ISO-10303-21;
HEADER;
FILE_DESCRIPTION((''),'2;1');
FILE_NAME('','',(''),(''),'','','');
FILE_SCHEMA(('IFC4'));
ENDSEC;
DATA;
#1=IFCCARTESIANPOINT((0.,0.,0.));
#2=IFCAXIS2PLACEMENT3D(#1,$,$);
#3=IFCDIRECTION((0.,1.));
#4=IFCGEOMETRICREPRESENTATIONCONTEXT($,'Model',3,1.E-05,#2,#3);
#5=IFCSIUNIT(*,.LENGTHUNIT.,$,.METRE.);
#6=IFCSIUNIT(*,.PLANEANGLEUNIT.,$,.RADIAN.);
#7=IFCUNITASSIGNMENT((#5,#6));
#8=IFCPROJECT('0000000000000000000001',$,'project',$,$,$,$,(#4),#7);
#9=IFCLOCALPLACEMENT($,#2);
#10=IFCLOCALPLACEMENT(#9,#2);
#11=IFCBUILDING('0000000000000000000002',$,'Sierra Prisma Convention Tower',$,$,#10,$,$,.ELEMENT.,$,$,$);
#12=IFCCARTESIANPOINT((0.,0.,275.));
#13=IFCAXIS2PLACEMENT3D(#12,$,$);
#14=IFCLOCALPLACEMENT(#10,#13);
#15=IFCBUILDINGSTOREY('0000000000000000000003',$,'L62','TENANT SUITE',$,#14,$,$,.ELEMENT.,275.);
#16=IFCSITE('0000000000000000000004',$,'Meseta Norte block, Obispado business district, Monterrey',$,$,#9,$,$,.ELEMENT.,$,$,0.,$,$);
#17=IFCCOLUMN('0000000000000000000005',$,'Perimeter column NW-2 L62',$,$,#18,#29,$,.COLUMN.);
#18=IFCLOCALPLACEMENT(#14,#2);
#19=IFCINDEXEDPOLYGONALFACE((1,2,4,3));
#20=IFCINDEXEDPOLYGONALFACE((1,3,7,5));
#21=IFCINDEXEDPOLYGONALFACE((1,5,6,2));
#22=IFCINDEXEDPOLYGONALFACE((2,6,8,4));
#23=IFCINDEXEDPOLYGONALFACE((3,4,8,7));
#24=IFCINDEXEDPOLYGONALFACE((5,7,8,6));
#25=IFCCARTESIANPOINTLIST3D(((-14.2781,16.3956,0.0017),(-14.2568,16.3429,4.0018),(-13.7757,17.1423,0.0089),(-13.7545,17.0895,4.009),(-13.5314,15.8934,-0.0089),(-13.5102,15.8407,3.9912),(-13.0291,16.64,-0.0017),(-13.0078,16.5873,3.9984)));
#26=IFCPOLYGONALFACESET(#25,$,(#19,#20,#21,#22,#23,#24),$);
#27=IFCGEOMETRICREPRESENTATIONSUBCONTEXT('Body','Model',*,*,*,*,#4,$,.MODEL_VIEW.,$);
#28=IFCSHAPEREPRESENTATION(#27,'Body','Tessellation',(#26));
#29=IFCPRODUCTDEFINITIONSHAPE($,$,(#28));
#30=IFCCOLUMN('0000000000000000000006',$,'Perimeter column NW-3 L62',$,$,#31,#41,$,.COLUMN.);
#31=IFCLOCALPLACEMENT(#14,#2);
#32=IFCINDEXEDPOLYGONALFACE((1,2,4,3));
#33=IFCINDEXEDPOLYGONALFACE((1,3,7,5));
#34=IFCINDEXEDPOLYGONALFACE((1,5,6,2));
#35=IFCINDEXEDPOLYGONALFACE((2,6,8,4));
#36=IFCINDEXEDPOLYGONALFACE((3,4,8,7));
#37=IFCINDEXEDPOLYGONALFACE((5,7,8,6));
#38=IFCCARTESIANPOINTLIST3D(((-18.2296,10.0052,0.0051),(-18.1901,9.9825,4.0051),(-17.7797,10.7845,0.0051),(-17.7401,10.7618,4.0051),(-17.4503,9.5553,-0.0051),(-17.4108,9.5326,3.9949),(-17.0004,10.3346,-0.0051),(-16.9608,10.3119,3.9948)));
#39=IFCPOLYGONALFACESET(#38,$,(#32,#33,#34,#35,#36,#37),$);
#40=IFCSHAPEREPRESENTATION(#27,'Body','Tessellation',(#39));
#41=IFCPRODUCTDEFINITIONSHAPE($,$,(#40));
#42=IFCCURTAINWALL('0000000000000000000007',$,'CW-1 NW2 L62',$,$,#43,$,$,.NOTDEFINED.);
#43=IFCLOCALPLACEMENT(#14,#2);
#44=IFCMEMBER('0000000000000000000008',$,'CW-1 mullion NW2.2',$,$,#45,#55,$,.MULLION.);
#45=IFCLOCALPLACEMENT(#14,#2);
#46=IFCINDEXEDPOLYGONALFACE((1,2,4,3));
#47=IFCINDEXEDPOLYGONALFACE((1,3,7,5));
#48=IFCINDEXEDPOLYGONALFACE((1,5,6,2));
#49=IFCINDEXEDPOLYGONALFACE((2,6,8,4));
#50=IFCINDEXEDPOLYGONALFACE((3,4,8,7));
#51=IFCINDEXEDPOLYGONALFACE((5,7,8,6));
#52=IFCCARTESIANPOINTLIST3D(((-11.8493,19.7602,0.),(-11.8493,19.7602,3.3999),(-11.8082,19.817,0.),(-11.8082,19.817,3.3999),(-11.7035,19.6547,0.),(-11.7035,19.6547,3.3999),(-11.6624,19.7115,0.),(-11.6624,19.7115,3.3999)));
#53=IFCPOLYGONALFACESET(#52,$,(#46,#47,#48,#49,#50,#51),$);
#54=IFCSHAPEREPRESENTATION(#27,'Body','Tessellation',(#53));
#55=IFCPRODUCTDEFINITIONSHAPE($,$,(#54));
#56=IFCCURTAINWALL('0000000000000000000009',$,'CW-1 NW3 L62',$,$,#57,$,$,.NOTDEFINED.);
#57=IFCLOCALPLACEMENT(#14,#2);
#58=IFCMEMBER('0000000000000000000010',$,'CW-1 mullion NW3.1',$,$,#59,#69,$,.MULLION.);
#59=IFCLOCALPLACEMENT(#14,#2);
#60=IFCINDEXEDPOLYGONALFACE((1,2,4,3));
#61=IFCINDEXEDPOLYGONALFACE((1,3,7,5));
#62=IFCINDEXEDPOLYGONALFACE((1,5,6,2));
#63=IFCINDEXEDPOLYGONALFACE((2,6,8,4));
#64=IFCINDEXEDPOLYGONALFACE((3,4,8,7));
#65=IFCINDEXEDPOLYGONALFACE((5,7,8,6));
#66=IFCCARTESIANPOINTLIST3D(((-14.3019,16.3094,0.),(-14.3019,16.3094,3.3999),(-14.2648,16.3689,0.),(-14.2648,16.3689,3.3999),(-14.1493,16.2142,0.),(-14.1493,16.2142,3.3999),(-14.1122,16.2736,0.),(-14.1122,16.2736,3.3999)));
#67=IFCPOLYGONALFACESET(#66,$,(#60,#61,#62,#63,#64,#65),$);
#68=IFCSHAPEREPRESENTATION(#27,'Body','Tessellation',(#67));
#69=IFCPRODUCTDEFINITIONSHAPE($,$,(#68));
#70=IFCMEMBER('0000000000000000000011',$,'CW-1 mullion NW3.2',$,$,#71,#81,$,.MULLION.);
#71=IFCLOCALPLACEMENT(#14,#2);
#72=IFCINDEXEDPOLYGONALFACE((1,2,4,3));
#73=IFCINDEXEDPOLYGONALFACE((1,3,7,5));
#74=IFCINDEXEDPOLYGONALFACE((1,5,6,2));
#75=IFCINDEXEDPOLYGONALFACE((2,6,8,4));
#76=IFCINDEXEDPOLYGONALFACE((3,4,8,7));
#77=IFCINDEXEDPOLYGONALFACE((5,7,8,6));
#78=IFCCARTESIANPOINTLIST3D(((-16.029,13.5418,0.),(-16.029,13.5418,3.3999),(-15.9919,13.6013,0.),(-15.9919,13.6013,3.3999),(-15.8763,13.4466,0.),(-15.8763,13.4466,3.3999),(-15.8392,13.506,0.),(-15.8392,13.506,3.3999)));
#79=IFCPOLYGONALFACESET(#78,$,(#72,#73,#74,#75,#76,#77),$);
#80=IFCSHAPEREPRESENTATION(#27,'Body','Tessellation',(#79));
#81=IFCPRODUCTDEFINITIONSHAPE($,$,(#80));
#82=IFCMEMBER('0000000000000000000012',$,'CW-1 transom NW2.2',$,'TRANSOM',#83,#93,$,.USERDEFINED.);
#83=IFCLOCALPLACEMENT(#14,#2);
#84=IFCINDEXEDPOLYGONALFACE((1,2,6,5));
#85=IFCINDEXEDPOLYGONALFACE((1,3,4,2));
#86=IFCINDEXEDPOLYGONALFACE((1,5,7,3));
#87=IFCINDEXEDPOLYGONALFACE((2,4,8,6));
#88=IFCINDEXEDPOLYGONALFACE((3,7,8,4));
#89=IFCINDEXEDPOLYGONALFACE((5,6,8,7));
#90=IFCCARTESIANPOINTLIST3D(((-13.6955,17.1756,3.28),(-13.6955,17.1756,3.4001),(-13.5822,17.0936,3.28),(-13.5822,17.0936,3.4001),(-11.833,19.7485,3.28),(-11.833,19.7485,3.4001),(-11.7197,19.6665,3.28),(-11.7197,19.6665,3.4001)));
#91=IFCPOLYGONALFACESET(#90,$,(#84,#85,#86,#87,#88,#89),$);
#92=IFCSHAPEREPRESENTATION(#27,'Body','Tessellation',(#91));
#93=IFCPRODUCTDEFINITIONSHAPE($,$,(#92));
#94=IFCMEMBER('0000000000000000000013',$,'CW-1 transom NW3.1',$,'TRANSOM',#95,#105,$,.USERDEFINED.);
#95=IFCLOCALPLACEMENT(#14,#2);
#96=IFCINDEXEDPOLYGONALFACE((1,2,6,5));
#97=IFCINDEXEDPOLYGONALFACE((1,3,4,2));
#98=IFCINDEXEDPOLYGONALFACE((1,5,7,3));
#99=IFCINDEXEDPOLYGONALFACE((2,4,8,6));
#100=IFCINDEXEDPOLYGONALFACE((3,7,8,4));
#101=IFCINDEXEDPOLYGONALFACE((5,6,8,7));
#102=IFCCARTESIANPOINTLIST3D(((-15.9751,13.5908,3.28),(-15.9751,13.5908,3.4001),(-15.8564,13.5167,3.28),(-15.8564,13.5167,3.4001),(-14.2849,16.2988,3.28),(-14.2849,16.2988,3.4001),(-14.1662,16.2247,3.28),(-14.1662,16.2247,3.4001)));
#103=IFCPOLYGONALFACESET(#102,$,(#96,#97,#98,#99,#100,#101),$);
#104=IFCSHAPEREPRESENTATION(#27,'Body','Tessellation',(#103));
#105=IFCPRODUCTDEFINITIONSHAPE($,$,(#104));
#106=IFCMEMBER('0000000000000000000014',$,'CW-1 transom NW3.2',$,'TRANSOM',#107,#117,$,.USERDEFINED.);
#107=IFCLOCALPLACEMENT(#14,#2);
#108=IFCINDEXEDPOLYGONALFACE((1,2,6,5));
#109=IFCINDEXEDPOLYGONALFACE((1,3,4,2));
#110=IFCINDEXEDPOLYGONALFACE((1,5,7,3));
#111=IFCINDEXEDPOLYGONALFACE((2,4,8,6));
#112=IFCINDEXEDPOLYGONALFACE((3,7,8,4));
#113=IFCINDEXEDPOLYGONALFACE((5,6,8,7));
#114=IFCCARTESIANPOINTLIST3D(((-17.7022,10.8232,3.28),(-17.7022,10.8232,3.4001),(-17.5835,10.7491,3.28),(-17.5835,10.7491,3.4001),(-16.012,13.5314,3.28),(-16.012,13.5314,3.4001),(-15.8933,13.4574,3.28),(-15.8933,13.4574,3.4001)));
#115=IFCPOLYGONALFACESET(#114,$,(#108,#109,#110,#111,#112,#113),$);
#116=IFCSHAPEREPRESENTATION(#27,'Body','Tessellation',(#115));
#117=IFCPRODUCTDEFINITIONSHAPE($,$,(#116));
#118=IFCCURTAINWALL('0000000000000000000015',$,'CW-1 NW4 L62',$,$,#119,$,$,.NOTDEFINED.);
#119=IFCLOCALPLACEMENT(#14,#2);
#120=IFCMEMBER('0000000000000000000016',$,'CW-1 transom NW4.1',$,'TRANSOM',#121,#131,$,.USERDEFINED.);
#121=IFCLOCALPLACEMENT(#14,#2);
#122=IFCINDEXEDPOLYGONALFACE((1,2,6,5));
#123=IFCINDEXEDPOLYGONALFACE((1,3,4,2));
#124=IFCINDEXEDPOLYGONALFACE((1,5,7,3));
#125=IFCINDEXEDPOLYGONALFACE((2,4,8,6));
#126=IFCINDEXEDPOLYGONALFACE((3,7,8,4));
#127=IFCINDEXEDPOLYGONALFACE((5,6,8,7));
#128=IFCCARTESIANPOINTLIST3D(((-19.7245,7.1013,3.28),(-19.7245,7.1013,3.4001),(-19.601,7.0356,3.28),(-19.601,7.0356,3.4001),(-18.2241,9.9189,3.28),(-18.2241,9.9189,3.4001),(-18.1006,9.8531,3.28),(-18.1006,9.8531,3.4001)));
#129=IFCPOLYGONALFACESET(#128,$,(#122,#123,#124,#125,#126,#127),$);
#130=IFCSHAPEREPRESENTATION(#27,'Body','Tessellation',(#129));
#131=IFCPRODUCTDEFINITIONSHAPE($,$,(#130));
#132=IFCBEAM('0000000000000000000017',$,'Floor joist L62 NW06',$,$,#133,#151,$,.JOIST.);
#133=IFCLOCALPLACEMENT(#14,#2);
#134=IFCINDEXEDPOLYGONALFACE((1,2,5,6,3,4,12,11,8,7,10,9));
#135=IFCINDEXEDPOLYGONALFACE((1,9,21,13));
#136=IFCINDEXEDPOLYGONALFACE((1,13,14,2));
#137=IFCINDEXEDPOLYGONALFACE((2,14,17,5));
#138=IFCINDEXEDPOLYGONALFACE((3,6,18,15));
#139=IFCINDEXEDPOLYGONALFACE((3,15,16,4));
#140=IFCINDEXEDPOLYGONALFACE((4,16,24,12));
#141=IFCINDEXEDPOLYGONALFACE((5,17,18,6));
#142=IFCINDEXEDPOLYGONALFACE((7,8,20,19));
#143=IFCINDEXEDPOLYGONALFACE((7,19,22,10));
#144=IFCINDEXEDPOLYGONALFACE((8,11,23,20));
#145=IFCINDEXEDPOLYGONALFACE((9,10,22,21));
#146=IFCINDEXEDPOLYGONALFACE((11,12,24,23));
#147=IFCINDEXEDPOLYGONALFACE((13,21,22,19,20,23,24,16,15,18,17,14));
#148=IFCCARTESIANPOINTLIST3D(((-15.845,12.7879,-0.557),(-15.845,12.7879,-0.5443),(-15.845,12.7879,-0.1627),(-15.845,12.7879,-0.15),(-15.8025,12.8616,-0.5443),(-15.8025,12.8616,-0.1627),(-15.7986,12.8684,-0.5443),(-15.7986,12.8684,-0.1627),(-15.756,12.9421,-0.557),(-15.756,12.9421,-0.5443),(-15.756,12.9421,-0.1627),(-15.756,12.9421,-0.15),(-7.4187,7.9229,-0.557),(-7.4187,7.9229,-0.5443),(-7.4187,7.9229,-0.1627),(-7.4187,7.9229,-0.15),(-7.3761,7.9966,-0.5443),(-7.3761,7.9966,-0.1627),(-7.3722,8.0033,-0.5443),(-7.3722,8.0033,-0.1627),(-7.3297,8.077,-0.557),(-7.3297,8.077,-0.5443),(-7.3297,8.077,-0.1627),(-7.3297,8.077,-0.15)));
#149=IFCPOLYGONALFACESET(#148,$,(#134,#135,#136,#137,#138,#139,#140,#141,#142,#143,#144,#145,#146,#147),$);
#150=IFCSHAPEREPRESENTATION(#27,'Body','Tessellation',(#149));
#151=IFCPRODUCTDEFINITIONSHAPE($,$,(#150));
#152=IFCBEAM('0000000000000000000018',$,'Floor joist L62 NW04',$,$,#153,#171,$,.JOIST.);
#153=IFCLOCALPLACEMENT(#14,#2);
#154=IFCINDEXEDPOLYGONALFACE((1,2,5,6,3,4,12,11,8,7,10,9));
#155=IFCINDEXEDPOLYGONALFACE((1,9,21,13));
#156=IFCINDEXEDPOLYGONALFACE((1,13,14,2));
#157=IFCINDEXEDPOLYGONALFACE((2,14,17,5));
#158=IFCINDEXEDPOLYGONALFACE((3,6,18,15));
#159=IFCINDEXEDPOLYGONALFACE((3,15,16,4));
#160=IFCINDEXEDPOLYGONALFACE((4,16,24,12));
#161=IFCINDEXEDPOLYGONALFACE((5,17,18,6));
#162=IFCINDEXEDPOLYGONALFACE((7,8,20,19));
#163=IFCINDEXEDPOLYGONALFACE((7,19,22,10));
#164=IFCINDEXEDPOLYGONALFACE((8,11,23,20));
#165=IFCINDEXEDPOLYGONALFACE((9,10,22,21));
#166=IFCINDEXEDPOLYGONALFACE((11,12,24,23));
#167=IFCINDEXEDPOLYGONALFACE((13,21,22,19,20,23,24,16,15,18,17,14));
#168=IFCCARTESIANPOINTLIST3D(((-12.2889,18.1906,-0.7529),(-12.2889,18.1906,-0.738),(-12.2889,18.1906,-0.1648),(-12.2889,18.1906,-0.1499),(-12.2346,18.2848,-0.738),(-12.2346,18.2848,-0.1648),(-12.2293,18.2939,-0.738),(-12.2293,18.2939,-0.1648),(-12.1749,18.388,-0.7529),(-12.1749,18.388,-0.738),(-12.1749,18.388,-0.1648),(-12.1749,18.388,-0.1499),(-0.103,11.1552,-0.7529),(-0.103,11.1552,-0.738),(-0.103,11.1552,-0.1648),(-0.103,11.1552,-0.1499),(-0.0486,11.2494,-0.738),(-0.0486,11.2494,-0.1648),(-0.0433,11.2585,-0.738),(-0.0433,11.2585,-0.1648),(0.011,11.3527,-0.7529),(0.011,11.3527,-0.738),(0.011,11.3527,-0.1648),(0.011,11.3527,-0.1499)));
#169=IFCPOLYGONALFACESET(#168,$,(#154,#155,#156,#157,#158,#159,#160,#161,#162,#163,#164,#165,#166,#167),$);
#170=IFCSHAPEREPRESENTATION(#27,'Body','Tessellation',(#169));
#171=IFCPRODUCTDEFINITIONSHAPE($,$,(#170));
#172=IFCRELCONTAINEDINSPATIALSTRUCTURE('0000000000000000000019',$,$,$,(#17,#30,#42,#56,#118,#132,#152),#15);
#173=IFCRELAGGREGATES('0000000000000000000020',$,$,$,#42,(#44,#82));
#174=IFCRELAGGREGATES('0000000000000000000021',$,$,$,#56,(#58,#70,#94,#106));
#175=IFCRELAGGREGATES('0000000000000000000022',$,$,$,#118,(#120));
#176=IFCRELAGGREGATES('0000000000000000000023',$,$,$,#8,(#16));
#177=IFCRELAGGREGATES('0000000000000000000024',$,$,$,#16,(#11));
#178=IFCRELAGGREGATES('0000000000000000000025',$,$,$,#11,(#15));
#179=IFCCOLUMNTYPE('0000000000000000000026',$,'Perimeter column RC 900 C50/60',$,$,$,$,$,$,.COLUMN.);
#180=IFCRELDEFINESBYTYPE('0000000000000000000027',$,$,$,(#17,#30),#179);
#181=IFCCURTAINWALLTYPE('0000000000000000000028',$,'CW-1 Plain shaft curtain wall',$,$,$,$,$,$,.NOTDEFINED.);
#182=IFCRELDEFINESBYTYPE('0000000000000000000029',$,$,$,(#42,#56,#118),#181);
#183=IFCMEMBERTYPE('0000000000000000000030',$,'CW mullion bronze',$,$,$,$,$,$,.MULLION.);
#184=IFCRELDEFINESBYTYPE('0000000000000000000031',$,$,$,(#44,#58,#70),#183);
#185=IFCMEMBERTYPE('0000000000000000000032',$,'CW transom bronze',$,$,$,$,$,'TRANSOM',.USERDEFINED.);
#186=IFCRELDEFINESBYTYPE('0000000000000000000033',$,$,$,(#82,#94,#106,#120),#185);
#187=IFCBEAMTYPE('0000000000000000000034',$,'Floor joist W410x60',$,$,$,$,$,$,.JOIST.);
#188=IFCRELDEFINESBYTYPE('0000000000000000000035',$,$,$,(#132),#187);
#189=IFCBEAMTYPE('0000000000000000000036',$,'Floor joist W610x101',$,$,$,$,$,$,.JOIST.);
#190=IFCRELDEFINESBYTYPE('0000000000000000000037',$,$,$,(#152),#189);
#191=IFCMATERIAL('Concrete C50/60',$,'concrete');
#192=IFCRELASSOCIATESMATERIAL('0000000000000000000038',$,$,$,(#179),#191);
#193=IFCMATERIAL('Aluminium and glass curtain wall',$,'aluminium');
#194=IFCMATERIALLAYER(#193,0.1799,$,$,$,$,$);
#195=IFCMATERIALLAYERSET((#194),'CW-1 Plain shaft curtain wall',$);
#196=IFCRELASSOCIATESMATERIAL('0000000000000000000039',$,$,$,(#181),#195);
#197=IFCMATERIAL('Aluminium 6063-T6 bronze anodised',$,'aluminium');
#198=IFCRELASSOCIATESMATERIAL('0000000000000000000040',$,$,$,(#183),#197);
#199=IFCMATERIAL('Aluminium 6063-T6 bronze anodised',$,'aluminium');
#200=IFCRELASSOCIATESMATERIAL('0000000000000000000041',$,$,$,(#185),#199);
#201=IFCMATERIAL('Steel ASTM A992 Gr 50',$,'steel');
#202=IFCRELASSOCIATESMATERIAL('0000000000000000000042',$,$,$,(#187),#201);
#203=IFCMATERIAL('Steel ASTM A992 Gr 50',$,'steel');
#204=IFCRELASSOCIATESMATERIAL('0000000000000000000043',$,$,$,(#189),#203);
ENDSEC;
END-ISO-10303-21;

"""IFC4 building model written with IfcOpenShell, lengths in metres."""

from ifc_helpers import new_model, si_unit, direction, frame, origin, origin_2d, place, context, subcontext, project, spatial, rectangle, i_section, extrude, material, layer, layer_set, material_profile, profile_set, type_object, element, aggregate, save


model = new_model("IFC4")

# Units and contexts
model_context = context("Model", 3, precision=1e-05, world=origin(), true_north=direction((0.0, 1.0)))
body_context = subcontext(model_context, "Body", "Model", "MODEL_VIEW")
ifc_project = project(units=[si_unit("LENGTHUNIT", "METRE"), si_unit("PLANEANGLEUNIT", "RADIAN")], contexts=[model_context])

# Site, building, storey
site_placement = place(None, origin())
site = spatial("IfcSite", under=ifc_project, at=site_placement, Name="Meseta Norte block, Obispado business district, Monterrey", CompositionType="ELEMENT", RefElevation=0.0)
building_placement = place(site_placement, origin())
building = spatial("IfcBuilding", under=site, at=building_placement, Name="Sierra Prisma Convention Tower", CompositionType="ELEMENT")
storey_placement = place(building_placement, frame((0.0, 0.0, 275.0)))
storey = spatial("IfcBuildingStorey", under=building, at=storey_placement, Name="L62", Description="TENANT SUITE", CompositionType="ELEMENT", Elevation=275.0)

# Columns
ifc_material_1 = material(Name="Concrete C50/60", Category="concrete")
ifc_material_profile_1 = material_profile(ifc_material_1, rectangle(XDim=0.8999, YDim=0.8999, at=origin_2d()), Name="Perimeter column RC 900 C50/60")
ifc_profile_set_1 = profile_set([ifc_material_profile_1], Name="Concrete C50/60")
column_type = type_object("IfcColumnType", Name="Perimeter column RC 900 C50/60", PredefinedType="COLUMN", material=ifc_profile_set_1)
column_1_placement = place(storey_placement, frame((-13.6536, 16.5178, 0.0), z_axis=(0.00531, -0.013182, 0.999899), x_axis=(0.558224, 0.829652, 0.007974)))
element("IfcColumn", 1, at=column_1_placement, inside=storey, type_object=column_type, Name="Perimeter column NW-2 L62", PredefinedType="COLUMN", context=body_context, shape_type="SweptSolid", body=[
    extrude(rectangle(XDim=0.8999, YDim=0.8999, at=origin_2d()), origin(), (0.0, 0.0, 1.0), 4.0005),
])
column_2_placement = place(storey_placement, frame((-17.615, 10.1699, 0.0), z_axis=(0.009887, -0.005676, 0.999935), x_axis=(0.499976, 0.86604, -0.000028)))
element("IfcColumn", 2, at=column_2_placement, inside=storey, type_object=column_type, Name="Perimeter column NW-3 L62", PredefinedType="COLUMN", context=body_context, shape_type="SweptSolid", body=[
    extrude(rectangle(XDim=0.8999, YDim=0.8999, at=origin_2d()), origin(), (0.0, 0.0, 1.0), 4.0002),
])

# Curtain wall, member
ifc_material_2 = material(Name="Aluminium and glass curtain wall", Category="aluminium")
ifc_layer_1 = layer(ifc_material_2, 0.1799)
ifc_layer_set_1 = layer_set([ifc_layer_1], Name="CW-1 Plain shaft curtain wall")
curtain_wall_type = type_object("IfcCurtainWallType", Name="CW-1 Plain shaft curtain wall", PredefinedType="NOTDEFINED", material=ifc_layer_set_1)
curtain_wall_1_placement = place(storey_placement, origin())
curtain_wall_1 = element("IfcCurtainWall", 3, at=curtain_wall_1_placement, inside=storey, type_object=curtain_wall_type, Name="CW-1 NW2 L62", PredefinedType="NOTDEFINED")
ifc_material_3 = material(Name="Aluminium 6063-T6 bronze anodised", Category="aluminium")
ifc_material_profile_2 = material_profile(ifc_material_3, rectangle(XDim=0.1799, YDim=0.0701, at=origin_2d()), Name="ALU MULLION 70x180")
ifc_profile_set_2 = profile_set([ifc_material_profile_2], Name="Aluminium 6063-T6 bronze anodised")
member_type_1 = type_object("IfcMemberType", Name="CW mullion bronze", PredefinedType="MULLION", material=ifc_profile_set_2)
member_1_placement = place(storey_placement, frame((-11.7559, 19.7358, 0.0), z_axis=(0.0, 0.0, 1.0), x_axis=(0.810038, -0.586377, 0.0)))
member_1 = element("IfcMember", 4, at=member_1_placement, type_object=member_type_1, Name="CW-1 mullion NW2.2", PredefinedType="MULLION", context=body_context, shape_type="SweptSolid", body=[
    extrude(rectangle(XDim=0.1799, YDim=0.0701, at=origin_2d()), origin(), (0.0, 0.0, 1.0), 3.3999),
])

# Curtain wall, members
curtain_wall_2_placement = place(storey_placement, origin())
curtain_wall_2 = element("IfcCurtainWall", 5, at=curtain_wall_2_placement, inside=storey, type_object=curtain_wall_type, Name="CW-1 NW3 L62", PredefinedType="NOTDEFINED")
member_2_placement = place(storey_placement, frame((-14.207, 16.2915, 0.0), z_axis=(0.0, 0.0, 1.0), x_axis=(0.848355, -0.529428, 0.0)))
member_2 = element("IfcMember", 6, at=member_2_placement, type_object=member_type_1, Name="CW-1 mullion NW3.1", PredefinedType="MULLION", context=body_context, shape_type="SweptSolid", body=[
    extrude(rectangle(XDim=0.1799, YDim=0.0701, at=origin_2d()), origin(), (0.0, 0.0, 1.0), 3.3999),
])
member_3_placement = place(storey_placement, frame((-15.9341, 13.5239, 0.0), z_axis=(0.0, 0.0, 1.0), x_axis=(0.848355, -0.529428, 0.0)))
member_3 = element("IfcMember", 7, at=member_3_placement, type_object=member_type_1, Name="CW-1 mullion NW3.2", PredefinedType="MULLION", context=body_context, shape_type="SweptSolid", body=[
    extrude(rectangle(XDim=0.1799, YDim=0.0701, at=origin_2d()), origin(), (0.0, 0.0, 1.0), 3.3999),
])

# Members
ifc_material_4 = material(Name="Aluminium 6063-T6 bronze anodised", Category="aluminium")
ifc_material_profile_3 = material_profile(ifc_material_4, rectangle(XDim=0.1399, YDim=0.1201, at=origin_2d()), Name="ALU TRANSOM 120x140")
ifc_profile_set_3 = profile_set([ifc_material_profile_3], Name="Aluminium 6063-T6 bronze anodised")
member_type_2 = type_object("IfcMemberType", Name="CW transom bronze", ElementType="TRANSOM", PredefinedType="USERDEFINED", material=ifc_profile_set_3)
member_4_placement = place(storey_placement, frame((-11.7764, 19.7075, 3.3401), z_axis=(-0.586374, -0.81004, 0.0), x_axis=(0.81004, -0.586374, 0.0)))
member_4 = element("IfcMember", 8, at=member_4_placement, type_object=member_type_2, Name="CW-1 transom NW2.2", ObjectType="TRANSOM", PredefinedType="USERDEFINED", context=body_context, shape_type="SweptSolid", body=[
    extrude(rectangle(XDim=0.1399, YDim=0.1201, at=origin_2d()), origin(), (0.0, 0.0, 1.0), 3.1763),
])
member_5_placement = place(storey_placement, frame((-14.2256, 16.2617, 3.3401), z_axis=(-0.529476, -0.848325, 0.0), x_axis=(0.848325, -0.529476, 0.0)))
member_5 = element("IfcMember", 9, at=member_5_placement, type_object=member_type_2, Name="CW-1 transom NW3.1", ObjectType="TRANSOM", PredefinedType="USERDEFINED", context=body_context, shape_type="SweptSolid", body=[
    extrude(rectangle(XDim=0.1399, YDim=0.1201, at=origin_2d()), origin(), (0.0, 0.0, 1.0), 3.1921),
])
member_6_placement = place(storey_placement, frame((-15.9526, 13.4944, 3.3401), z_axis=(-0.529442, -0.848346, 0.0), x_axis=(0.848346, -0.529442, 0.0)))
member_6 = element("IfcMember", 10, at=member_6_placement, type_object=member_type_2, Name="CW-1 transom NW3.2", ObjectType="TRANSOM", PredefinedType="USERDEFINED", context=body_context, shape_type="SweptSolid", body=[
    extrude(rectangle(XDim=0.1399, YDim=0.1201, at=origin_2d()), origin(), (0.0, 0.0, 1.0), 3.1924),
])

# Curtain wall, member
curtain_wall_3_placement = place(storey_placement, origin())
curtain_wall_3 = element("IfcCurtainWall", 11, at=curtain_wall_3_placement, inside=storey, type_object=curtain_wall_type, Name="CW-1 NW4 L62", PredefinedType="NOTDEFINED")
member_7_placement = place(storey_placement, frame((-18.1624, 9.886, 3.3401), z_axis=(-0.47004, -0.882645, 0.0), x_axis=(0.882645, -0.47004, 0.0)))
member_7 = element("IfcMember", 12, at=member_7_placement, type_object=member_type_2, Name="CW-1 transom NW4.1", ObjectType="TRANSOM", PredefinedType="USERDEFINED", context=body_context, shape_type="SweptSolid", body=[
    extrude(rectangle(XDim=0.1399, YDim=0.1201, at=origin_2d()), origin(), (0.0, 0.0, 1.0), 3.1921),
])

# Beams
ifc_material_5 = material(Name="Steel ASTM A992 Gr 50", Category="steel")
ifc_material_profile_4 = material_profile(ifc_material_5, i_section(OverallWidth=0.178, OverallDepth=0.407, WebThickness=0.0078, FlangeThickness=0.0127, at=origin_2d()), Name="W410x60")
ifc_profile_set_4 = profile_set([ifc_material_profile_4], Name="Steel ASTM A992 Gr 50")
beam_type_1 = type_object("IfcBeamType", Name="Floor joist W410x60", PredefinedType="JOIST", material=ifc_profile_set_4)
beam_1_placement = place(storey_placement, frame((-15.8005, 12.865, -0.3535), z_axis=(0.866022, -0.500006, 0.0), x_axis=(0.500006, 0.866022, 0.0)))
element("IfcBeam", 13, at=beam_1_placement, inside=storey, type_object=beam_type_1, Name="Floor joist L62 NW06", PredefinedType="JOIST", context=body_context, shape_type="SweptSolid", body=[
    extrude(i_section(OverallWidth=0.178, OverallDepth=0.407, WebThickness=0.0078, FlangeThickness=0.0127, at=origin_2d()), origin(), (0.0, 0.0, 1.0), 9.73),
])
ifc_material_6 = material(Name="Steel ASTM A992 Gr 50", Category="steel")
ifc_material_profile_5 = material_profile(ifc_material_6, i_section(OverallWidth=0.228, OverallDepth=0.603, WebThickness=0.0105, FlangeThickness=0.0149, at=origin_2d()), Name="W610x101")
ifc_profile_set_5 = profile_set([ifc_material_profile_5], Name="Steel ASTM A992 Gr 50")
beam_type_2 = type_object("IfcBeamType", Name="Floor joist W610x101", PredefinedType="JOIST", material=ifc_profile_set_5)
beam_2_placement = place(storey_placement, frame((-12.2319, 18.2893, -0.4514), z_axis=(0.866032, -0.499989, 0.0), x_axis=(0.499989, 0.866032, 0.0)))
element("IfcBeam", 14, at=beam_2_placement, inside=storey, type_object=beam_type_2, Name="Floor joist L62 NW04", PredefinedType="JOIST", context=body_context, shape_type="SweptSolid", body=[
    extrude(i_section(OverallWidth=0.228, OverallDepth=0.603, WebThickness=0.0105, FlangeThickness=0.0149, at=origin_2d()), origin(), (0.0, 0.0, 1.0), 14.071),
])

aggregate(curtain_wall_1, [member_1, member_4])
aggregate(curtain_wall_2, [member_2, member_3, member_5, member_6])
aggregate(curtain_wall_3, [member_7])

save(model, "model.ifc")
